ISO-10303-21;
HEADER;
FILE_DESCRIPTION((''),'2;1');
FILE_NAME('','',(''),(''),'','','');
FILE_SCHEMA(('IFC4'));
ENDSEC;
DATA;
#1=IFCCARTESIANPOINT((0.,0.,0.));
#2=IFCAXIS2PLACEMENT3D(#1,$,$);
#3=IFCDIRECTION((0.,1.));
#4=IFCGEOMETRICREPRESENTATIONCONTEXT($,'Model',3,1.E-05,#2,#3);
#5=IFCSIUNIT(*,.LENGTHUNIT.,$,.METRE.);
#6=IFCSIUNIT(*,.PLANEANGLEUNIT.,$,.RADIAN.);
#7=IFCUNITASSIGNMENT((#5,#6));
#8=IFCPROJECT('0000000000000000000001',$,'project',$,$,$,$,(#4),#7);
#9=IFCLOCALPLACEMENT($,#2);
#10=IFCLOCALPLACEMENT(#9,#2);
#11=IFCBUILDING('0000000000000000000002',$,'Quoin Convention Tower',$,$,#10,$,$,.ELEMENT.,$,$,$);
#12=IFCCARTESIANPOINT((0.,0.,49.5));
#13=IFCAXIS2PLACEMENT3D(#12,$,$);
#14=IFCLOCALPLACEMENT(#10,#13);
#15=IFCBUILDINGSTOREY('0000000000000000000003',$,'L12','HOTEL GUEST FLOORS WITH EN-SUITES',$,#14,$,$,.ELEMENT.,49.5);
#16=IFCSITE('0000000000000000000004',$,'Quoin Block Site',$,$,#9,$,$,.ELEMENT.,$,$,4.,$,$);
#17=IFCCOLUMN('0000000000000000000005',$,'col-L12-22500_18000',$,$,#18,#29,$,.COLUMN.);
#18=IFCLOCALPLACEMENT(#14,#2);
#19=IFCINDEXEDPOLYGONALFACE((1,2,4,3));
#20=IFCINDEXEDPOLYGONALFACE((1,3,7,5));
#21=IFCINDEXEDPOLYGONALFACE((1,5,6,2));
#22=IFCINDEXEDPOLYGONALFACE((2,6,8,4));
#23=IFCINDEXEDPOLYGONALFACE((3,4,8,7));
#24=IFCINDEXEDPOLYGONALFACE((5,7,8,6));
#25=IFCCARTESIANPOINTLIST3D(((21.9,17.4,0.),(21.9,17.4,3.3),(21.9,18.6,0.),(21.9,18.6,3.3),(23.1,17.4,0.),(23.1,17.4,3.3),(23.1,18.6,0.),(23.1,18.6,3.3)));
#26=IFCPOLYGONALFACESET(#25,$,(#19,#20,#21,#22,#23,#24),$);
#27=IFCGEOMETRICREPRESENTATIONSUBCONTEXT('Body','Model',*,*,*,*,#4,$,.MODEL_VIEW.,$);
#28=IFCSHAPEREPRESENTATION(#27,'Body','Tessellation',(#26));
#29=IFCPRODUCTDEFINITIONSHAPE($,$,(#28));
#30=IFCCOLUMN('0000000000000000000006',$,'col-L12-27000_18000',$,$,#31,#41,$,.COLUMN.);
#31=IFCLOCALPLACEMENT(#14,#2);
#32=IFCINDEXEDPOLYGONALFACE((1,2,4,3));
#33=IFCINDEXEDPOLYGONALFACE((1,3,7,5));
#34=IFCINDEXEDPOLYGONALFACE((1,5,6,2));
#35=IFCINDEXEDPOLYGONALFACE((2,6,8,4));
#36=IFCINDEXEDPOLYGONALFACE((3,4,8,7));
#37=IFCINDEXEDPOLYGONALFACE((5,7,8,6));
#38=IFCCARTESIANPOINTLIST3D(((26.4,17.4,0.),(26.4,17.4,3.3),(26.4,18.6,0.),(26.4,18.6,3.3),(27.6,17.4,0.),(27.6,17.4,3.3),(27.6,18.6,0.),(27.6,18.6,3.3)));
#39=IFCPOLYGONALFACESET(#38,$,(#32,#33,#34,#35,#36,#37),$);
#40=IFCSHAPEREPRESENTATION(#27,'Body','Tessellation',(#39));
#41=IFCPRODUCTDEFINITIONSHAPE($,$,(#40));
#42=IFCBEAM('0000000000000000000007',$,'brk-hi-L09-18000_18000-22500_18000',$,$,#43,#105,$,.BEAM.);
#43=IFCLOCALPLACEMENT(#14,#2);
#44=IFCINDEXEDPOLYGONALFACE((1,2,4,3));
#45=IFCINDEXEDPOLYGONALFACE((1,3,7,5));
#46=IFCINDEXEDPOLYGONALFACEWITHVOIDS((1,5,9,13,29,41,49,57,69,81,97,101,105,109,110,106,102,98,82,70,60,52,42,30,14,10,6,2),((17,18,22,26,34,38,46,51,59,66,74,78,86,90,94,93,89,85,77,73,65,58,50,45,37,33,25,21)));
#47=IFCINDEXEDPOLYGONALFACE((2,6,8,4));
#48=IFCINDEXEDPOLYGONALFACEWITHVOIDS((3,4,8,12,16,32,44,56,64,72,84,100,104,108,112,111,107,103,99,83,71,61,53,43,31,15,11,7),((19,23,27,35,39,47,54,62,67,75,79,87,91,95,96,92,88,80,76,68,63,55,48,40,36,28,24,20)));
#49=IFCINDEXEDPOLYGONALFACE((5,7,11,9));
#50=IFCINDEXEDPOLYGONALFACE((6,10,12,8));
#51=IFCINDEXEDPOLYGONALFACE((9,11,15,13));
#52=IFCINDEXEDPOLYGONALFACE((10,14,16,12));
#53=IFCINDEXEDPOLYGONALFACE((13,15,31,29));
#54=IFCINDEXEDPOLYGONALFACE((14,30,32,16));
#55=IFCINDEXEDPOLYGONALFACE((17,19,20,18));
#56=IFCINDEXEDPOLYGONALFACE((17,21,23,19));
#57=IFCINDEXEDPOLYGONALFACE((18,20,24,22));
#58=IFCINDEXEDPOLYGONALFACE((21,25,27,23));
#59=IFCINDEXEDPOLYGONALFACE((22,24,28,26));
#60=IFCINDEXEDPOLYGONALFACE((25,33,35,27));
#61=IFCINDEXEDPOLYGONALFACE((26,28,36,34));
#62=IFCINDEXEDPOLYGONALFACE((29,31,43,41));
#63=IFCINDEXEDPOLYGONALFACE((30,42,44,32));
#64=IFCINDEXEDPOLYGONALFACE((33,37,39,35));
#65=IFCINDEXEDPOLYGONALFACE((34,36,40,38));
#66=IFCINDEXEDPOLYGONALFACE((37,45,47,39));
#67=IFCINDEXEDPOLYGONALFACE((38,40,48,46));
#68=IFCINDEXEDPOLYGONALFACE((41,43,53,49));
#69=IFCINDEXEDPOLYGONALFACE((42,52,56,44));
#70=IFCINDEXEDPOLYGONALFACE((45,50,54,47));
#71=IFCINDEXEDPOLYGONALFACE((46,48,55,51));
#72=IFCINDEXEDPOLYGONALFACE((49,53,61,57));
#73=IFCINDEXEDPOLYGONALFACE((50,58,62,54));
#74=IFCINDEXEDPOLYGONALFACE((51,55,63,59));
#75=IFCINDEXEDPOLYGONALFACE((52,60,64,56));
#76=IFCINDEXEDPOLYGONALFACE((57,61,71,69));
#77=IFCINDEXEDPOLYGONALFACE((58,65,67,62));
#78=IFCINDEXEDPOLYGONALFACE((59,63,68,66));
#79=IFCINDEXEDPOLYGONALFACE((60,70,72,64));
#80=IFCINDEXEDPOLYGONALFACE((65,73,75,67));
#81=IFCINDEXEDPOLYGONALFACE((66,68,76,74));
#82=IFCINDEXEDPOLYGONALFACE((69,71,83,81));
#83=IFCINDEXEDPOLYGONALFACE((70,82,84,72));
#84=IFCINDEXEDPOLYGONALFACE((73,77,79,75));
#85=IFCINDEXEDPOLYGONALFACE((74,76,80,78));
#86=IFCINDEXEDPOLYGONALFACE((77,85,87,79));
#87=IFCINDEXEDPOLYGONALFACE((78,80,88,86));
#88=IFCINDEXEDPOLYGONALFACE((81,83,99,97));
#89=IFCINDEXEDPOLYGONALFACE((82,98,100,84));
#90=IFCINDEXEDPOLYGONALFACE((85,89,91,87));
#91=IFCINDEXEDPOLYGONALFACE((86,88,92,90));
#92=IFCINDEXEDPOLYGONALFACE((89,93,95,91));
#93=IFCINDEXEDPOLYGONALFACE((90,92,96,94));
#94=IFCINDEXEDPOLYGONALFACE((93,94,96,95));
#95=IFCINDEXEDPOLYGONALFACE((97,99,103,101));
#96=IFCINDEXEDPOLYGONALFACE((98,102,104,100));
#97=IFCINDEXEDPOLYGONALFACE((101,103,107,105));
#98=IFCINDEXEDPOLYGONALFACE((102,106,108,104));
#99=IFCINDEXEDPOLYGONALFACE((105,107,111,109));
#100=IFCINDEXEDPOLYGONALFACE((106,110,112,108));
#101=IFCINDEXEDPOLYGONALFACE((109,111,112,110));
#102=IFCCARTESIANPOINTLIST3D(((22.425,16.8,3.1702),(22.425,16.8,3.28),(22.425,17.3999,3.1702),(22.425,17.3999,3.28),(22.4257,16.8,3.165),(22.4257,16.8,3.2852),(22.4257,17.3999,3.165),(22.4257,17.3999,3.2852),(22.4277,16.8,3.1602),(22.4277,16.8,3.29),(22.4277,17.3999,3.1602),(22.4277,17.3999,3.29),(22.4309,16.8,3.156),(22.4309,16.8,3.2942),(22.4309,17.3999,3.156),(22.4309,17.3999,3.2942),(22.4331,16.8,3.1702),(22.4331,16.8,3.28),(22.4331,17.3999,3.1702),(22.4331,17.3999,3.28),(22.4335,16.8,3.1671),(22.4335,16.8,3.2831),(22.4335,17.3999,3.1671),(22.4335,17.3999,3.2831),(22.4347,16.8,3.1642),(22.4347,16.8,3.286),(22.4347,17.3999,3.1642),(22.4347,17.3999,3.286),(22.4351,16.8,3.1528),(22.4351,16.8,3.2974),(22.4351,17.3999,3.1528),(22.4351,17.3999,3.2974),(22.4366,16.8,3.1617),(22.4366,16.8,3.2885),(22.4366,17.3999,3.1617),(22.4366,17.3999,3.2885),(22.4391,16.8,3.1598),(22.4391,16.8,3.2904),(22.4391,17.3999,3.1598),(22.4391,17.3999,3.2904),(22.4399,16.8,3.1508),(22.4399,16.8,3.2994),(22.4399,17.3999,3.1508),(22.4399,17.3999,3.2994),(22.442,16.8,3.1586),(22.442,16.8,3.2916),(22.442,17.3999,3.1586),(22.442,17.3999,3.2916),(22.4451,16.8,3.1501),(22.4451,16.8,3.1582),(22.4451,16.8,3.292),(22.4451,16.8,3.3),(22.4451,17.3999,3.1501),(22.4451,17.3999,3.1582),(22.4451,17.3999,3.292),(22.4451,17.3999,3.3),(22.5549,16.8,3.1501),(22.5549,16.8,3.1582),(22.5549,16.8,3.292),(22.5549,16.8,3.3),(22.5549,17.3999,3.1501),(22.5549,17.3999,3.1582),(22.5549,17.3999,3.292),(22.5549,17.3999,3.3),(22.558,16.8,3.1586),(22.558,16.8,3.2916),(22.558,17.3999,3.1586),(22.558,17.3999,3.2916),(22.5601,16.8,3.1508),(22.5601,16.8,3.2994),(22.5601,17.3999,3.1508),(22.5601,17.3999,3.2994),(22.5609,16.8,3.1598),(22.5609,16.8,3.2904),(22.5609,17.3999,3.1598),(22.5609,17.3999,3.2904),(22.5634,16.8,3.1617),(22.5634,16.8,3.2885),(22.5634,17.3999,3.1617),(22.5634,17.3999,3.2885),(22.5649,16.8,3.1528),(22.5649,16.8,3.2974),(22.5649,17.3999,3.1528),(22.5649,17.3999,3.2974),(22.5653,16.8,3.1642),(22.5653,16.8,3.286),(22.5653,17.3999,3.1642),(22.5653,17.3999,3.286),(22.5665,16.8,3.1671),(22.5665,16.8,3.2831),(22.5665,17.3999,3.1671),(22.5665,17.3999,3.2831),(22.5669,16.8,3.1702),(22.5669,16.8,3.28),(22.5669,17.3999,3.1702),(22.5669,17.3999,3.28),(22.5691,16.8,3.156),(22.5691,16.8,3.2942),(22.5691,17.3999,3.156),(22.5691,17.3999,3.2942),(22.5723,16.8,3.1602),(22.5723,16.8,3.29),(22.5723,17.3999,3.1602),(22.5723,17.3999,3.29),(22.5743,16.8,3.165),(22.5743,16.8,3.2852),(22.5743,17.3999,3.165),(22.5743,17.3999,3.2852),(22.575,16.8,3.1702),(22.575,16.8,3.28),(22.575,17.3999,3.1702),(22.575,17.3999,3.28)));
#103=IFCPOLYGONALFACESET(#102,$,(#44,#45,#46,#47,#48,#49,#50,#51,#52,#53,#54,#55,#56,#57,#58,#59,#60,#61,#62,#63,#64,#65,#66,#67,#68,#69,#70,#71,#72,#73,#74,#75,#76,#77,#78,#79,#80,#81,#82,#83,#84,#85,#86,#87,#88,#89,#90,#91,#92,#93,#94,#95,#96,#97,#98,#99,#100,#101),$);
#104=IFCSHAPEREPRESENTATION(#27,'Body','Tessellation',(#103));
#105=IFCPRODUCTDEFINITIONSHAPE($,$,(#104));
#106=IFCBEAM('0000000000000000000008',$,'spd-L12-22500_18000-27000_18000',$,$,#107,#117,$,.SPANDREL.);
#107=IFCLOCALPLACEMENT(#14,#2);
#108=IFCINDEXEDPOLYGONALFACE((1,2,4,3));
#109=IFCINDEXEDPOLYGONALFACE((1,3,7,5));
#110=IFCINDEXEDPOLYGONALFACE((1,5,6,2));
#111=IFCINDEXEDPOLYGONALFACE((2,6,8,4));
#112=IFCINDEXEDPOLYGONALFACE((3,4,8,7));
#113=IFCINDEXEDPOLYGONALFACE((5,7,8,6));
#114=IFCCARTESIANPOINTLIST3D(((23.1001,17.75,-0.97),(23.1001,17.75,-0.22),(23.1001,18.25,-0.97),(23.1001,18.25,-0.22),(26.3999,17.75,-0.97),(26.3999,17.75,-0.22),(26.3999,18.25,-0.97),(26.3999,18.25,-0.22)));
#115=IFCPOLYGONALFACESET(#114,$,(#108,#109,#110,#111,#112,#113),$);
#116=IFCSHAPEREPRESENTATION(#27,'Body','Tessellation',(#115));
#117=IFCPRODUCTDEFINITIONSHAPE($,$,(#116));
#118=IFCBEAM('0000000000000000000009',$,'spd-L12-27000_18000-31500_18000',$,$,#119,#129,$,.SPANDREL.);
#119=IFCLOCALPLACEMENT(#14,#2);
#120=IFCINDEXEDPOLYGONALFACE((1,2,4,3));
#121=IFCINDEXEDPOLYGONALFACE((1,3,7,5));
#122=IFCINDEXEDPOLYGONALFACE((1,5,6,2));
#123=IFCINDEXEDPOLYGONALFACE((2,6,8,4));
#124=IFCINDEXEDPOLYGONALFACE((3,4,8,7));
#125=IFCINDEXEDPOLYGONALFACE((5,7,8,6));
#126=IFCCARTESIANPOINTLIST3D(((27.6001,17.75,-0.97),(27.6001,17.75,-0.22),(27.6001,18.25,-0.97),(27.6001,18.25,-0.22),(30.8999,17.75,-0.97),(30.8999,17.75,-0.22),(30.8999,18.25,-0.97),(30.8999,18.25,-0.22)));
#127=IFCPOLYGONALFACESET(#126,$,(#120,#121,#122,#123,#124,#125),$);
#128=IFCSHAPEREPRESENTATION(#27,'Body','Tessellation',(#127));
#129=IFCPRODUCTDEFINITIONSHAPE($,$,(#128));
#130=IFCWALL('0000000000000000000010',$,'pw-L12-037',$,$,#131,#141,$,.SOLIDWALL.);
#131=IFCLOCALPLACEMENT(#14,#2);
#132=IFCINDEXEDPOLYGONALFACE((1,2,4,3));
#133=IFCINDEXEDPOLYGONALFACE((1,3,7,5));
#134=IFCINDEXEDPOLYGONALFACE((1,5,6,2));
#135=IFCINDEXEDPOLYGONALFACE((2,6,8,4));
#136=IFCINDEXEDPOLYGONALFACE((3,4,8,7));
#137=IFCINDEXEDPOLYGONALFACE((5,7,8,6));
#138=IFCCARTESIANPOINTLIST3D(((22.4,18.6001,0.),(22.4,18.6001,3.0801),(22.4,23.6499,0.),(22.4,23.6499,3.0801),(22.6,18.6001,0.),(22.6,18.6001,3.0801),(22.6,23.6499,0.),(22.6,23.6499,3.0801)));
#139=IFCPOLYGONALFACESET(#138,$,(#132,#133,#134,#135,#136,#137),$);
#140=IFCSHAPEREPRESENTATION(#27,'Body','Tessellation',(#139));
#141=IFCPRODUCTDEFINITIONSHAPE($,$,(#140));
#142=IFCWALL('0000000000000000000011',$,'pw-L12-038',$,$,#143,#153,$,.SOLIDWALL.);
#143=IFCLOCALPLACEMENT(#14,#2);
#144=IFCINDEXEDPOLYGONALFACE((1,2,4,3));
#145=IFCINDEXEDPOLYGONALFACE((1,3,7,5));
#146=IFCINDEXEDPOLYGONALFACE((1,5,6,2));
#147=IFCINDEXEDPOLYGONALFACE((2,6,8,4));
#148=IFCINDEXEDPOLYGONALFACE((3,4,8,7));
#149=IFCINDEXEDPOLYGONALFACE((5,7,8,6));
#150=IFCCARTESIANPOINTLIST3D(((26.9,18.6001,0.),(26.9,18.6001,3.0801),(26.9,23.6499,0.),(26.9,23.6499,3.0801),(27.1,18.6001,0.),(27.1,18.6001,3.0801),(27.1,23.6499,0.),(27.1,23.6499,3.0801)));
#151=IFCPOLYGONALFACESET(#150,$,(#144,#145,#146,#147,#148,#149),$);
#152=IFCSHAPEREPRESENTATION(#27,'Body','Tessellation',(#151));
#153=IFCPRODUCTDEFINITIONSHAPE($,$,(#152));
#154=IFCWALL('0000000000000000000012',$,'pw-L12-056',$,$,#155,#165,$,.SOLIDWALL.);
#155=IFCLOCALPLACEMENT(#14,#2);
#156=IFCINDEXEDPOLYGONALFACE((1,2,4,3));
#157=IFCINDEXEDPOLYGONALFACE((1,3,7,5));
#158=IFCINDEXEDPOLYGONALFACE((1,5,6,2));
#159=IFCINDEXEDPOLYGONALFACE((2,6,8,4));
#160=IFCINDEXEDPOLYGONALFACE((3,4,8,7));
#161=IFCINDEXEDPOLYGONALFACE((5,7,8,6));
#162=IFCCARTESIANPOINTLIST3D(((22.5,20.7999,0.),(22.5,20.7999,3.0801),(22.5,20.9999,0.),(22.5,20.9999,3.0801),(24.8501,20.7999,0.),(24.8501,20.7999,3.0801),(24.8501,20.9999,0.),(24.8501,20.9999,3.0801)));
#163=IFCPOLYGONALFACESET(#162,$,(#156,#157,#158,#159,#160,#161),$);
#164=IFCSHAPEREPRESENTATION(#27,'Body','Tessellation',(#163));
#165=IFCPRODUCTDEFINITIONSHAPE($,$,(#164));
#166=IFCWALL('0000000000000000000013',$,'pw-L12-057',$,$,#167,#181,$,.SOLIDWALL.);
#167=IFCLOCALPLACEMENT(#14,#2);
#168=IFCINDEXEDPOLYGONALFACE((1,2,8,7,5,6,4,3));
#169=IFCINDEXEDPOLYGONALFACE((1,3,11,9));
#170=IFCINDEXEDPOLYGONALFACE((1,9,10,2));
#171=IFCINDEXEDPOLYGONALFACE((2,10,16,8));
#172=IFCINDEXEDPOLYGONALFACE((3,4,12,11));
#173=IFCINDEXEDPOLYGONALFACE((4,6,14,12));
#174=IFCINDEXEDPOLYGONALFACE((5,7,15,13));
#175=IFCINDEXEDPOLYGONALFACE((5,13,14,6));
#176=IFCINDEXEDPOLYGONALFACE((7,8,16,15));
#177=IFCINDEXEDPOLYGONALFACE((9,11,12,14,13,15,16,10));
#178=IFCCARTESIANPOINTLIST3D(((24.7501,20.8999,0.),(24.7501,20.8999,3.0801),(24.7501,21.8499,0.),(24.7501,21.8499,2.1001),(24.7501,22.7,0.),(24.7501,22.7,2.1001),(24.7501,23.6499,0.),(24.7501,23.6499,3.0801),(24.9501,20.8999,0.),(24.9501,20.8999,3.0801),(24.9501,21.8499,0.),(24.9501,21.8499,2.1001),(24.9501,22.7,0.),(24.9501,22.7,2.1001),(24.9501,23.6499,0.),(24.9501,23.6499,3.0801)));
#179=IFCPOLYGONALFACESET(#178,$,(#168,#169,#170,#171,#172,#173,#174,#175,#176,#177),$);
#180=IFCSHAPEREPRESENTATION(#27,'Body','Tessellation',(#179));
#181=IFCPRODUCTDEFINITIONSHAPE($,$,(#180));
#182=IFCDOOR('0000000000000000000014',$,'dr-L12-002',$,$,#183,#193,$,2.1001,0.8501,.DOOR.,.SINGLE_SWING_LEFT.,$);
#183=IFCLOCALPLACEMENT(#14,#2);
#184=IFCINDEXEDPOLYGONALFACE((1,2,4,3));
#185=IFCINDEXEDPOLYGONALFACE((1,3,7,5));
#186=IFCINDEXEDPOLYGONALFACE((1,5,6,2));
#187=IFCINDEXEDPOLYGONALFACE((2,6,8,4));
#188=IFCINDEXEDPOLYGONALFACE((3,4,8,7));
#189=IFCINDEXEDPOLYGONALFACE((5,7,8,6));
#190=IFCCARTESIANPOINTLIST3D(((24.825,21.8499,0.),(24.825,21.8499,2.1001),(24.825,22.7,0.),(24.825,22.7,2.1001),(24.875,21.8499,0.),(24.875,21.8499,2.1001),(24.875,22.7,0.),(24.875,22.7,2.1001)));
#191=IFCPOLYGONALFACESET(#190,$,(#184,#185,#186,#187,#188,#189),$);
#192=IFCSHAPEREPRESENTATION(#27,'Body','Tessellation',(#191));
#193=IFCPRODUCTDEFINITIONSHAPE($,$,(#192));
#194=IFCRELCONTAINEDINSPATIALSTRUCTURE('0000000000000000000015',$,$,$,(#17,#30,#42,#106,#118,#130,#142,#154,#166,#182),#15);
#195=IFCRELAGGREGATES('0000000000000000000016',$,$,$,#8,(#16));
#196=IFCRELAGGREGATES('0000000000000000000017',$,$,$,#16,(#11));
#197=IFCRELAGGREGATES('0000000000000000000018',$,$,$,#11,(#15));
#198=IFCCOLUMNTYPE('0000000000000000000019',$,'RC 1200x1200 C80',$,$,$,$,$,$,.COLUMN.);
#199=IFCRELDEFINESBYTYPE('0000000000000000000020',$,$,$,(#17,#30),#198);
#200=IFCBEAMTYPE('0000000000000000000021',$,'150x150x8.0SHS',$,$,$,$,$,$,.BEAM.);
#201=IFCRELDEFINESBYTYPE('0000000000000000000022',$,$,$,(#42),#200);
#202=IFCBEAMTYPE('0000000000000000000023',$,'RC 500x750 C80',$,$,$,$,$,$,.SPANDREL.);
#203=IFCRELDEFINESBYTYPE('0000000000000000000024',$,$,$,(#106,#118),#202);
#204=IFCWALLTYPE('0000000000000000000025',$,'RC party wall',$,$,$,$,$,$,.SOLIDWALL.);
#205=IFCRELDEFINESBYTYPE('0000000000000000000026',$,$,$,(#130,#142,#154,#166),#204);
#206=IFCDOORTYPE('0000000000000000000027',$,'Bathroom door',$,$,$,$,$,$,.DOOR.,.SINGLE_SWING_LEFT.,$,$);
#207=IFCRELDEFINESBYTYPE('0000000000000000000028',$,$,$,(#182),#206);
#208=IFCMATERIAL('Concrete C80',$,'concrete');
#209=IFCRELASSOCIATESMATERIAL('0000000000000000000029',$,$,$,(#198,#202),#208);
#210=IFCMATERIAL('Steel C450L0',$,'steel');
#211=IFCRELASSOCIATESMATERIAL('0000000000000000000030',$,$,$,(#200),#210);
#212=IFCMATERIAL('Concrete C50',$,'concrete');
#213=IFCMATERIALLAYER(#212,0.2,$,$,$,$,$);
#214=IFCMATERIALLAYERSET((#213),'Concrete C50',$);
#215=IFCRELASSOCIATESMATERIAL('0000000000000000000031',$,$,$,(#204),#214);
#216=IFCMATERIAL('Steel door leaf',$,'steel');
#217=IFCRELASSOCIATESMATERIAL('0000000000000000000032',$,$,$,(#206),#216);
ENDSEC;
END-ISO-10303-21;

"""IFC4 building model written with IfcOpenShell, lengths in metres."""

from ifc_helpers import new_model, si_unit, direction, frame, frame_2d, origin, origin_2d, place, context, subcontext, project, spatial, rectangle, hollow_rectangle, extrude, material, layer, layer_set, material_profile, profile_set, type_object, element, fill, save


model = new_model("IFC4")

# Units and contexts
model_context = context("Model", 3, precision=1e-05, world=origin(), true_north=direction((0.0, 1.0)))
body_context = subcontext(model_context, "Body", "Model", "MODEL_VIEW")
ifc_project = project(units=[si_unit("LENGTHUNIT", "METRE"), si_unit("PLANEANGLEUNIT", "RADIAN")], contexts=[model_context])

# Site, building, storey
site_placement = place(None, origin())
site = spatial("IfcSite", under=ifc_project, at=site_placement, Name="Quoin Block Site", CompositionType="ELEMENT", RefElevation=4.0)
building_placement = place(site_placement, origin())
building = spatial("IfcBuilding", under=site, at=building_placement, Name="Quoin Convention Tower", CompositionType="ELEMENT")
storey_placement = place(building_placement, frame((0.0, 0.0, 49.5)))
storey = spatial("IfcBuildingStorey", under=building, at=storey_placement, Name="L12", Description="HOTEL GUEST FLOORS WITH EN-SUITES", CompositionType="ELEMENT", Elevation=49.5)

# Columns
ifc_material_1 = material(Name="Concrete C80", Category="concrete")
ifc_material_profile_1 = material_profile(ifc_material_1, rectangle(XDim=1.2, YDim=1.2, at=origin_2d()), Name="RC 1200x1200")
ifc_profile_set_1 = profile_set([ifc_material_profile_1], Name="Concrete C80")
column_type = type_object("IfcColumnType", Name="RC 1200x1200 C80", PredefinedType="COLUMN", material=ifc_profile_set_1)
for number, where, z_axis, x_axis, name in (
    (1, (22.5, 18.0, 0.0), (0.0, 0.0, 1.0), (1.0, 0.0, 0.0), "col-L12-22500_18000"),
    (2, (27.0, 18.0, 0.0), (0.0, 0.0, 1.0), (1.0, 0.0, 0.0), "col-L12-27000_18000"),
):
    element("IfcColumn", number, at=place(storey_placement, frame(where, z_axis=z_axis, x_axis=x_axis)), inside=storey, type_object=column_type, Name=name, PredefinedType="COLUMN", context=body_context, shape_type="SweptSolid", body=[
        extrude(rectangle(XDim=1.2, YDim=1.2, at=origin_2d()), origin(), (0.0, 0.0, 1.0), 3.3),
    ])

# Beams
ifc_material_2 = material(Name="Steel C450L0", Category="steel")
ifc_material_profile_2 = material_profile(ifc_material_2, hollow_rectangle(XDim=0.1499, YDim=0.1499, WallThickness=0.0081, InnerFilletRadius=0.012, OuterFilletRadius=0.02, at=origin_2d()), Name="150x150x8.0SHS")
ifc_profile_set_2 = profile_set([ifc_material_profile_2], Name="Steel C450L0")
beam_type_1 = type_object("IfcBeamType", Name="150x150x8.0SHS", PredefinedType="BEAM", material=ifc_profile_set_2)
beam_placement = place(storey_placement, frame((22.5, 17.3999, 3.2251), z_axis=(0.0, -1.0, 0.0), x_axis=(1.0, 0.0, 0.0)))
element("IfcBeam", 3, at=beam_placement, inside=storey, type_object=beam_type_1, Name="brk-hi-L09-18000_18000-22500_18000", PredefinedType="BEAM", context=body_context, shape_type="SweptSolid", body=[
    extrude(hollow_rectangle(XDim=0.1499, YDim=0.1499, WallThickness=0.0081, InnerFilletRadius=0.012, OuterFilletRadius=0.02, at=origin_2d()), origin(), (0.0, 0.0, 1.0), 0.5999),
])
ifc_material_profile_3 = material_profile(ifc_material_1, rectangle(XDim=0.5, YDim=0.75, at=origin_2d()), Name="RC 500x750")
ifc_profile_set_3 = profile_set([ifc_material_profile_3], Name="Concrete C80")
beam_type_2 = type_object("IfcBeamType", Name="RC 500x750 C80", PredefinedType="SPANDREL", material=ifc_profile_set_3)
for number, where, z_axis, x_axis, name in (
    (4, (23.1001, 18.0, -0.595), (1.0, 0.0, 0.0), (0.0, 1.0, 0.0), "spd-L12-22500_18000-27000_18000"),
    (5, (27.6001, 18.0, -0.595), (1.0, 0.0, 0.0), (0.0, 1.0, 0.0), "spd-L12-27000_18000-31500_18000"),
):
    element("IfcBeam", number, at=place(storey_placement, frame(where, z_axis=z_axis, x_axis=x_axis)), inside=storey, type_object=beam_type_2, Name=name, PredefinedType="SPANDREL", context=body_context, shape_type="SweptSolid", body=[
        extrude(rectangle(XDim=0.5, YDim=0.75, at=origin_2d()), origin(), (0.0, 0.0, 1.0), 3.2998),
    ])

# Walls
ifc_material_3 = material(Name="Concrete C50", Category="concrete")
ifc_layer_1 = layer(ifc_material_3, 0.2)
ifc_layer_set_1 = layer_set([ifc_layer_1], Name="Concrete C50")
wall_type_1 = type_object("IfcWallType", Name="RC party wall", PredefinedType="SOLIDWALL", material=ifc_layer_set_1)
for number, where, z_axis, x_axis, name in (
    (6, (22.5, 18.6001, 0.0), (0.0, 0.0, 1.0), (0.0, 1.0, 0.0), "pw-L12-037"),
    (7, (27.0, 18.6001, 0.0), (0.0, 0.0, 1.0), (0.0, 1.0, 0.0), "pw-L12-038"),
):
    element("IfcWall", number, at=place(storey_placement, frame(where, z_axis=z_axis, x_axis=x_axis)), inside=storey, type_object=wall_type_1, Name=name, PredefinedType="SOLIDWALL", context=body_context, shape_type="SweptSolid", body=[
        extrude(rectangle(XDim=5.0498, YDim=0.2, at=frame_2d((2.5249, 0.0))), origin(), (0.0, 0.0, 1.0), 3.0801),
    ])
wall_1_placement = place(storey_placement, frame((22.5, 20.8999, 0.0), z_axis=(0.0, 0.0, 1.0), x_axis=(1.0, 0.0, 0.0)))
element("IfcWall", 8, at=wall_1_placement, inside=storey, type_object=wall_type_1, Name="pw-L12-056", PredefinedType="SOLIDWALL", context=body_context, shape_type="SweptSolid", body=[
    extrude(rectangle(XDim=2.3501, YDim=0.2, at=frame_2d((1.175, 0.0))), origin(), (0.0, 0.0, 1.0), 3.0801),
])

# Wall, opening, door
wall_2_placement = place(storey_placement, frame((24.8501, 20.8999, 0.0), z_axis=(0.0, 0.0, 1.0), x_axis=(0.0, 1.0, 0.0)))
wall_2 = element("IfcWall", 9, at=wall_2_placement, inside=storey, type_object=wall_type_1, Name="pw-L12-057", PredefinedType="SOLIDWALL", context=body_context, shape_type="SweptSolid", body=[
    extrude(rectangle(XDim=2.75, YDim=0.2, at=frame_2d((1.375, 0.0))), origin(), (0.0, 0.0, 1.0), 3.0801),
])
opening_1_placement = place(wall_2_placement, frame((0.95, 0.0, 0.0)))
opening_1 = element("IfcOpeningElement", 10, at=opening_1_placement, cuts=wall_2, PredefinedType="OPENING", context=body_context, shape_type="SweptSolid", body=[
    extrude(rectangle(XDim=0.8501, YDim=2.1001, at=frame_2d((0.425, 1.05))), frame((0.0, 0.1099, 0.0), z_axis=(0.0, -1.0, 0.0), x_axis=(1.0, 0.0, 0.0)), (0.0, 0.0, 1.0), 0.22),
])
ifc_material_4 = material(Name="Steel door leaf", Category="steel")
door_type_1 = type_object("IfcDoorType", Name="Bathroom door", OperationType="SINGLE_SWING_LEFT", PredefinedType="DOOR", material=ifc_material_4)
door_1_placement = place(opening_1_placement, frame((0.8501, 0.0, 0.0), z_axis=(0.0, 0.0, 1.0), x_axis=(-1.0, 0.0, 0.0)))
door_1 = element("IfcDoor", 11, at=door_1_placement, inside=storey, type_object=door_type_1, Name="dr-L12-002", OperationType="SINGLE_SWING_LEFT", OverallHeight=2.1001, OverallWidth=0.8501, PredefinedType="DOOR", context=body_context, shape_type="SweptSolid", body=[
    extrude(rectangle(XDim=0.8501, YDim=2.1001, at=frame_2d((0.425, 1.05))), frame((0.0, 0.0249, 0.0), z_axis=(0.0, -1.0, 0.0), x_axis=(1.0, 0.0, 0.0)), (0.0, 0.0, 1.0), 0.05),
])
fill(opening_1, door_1)

save(model, "model.ifc")
